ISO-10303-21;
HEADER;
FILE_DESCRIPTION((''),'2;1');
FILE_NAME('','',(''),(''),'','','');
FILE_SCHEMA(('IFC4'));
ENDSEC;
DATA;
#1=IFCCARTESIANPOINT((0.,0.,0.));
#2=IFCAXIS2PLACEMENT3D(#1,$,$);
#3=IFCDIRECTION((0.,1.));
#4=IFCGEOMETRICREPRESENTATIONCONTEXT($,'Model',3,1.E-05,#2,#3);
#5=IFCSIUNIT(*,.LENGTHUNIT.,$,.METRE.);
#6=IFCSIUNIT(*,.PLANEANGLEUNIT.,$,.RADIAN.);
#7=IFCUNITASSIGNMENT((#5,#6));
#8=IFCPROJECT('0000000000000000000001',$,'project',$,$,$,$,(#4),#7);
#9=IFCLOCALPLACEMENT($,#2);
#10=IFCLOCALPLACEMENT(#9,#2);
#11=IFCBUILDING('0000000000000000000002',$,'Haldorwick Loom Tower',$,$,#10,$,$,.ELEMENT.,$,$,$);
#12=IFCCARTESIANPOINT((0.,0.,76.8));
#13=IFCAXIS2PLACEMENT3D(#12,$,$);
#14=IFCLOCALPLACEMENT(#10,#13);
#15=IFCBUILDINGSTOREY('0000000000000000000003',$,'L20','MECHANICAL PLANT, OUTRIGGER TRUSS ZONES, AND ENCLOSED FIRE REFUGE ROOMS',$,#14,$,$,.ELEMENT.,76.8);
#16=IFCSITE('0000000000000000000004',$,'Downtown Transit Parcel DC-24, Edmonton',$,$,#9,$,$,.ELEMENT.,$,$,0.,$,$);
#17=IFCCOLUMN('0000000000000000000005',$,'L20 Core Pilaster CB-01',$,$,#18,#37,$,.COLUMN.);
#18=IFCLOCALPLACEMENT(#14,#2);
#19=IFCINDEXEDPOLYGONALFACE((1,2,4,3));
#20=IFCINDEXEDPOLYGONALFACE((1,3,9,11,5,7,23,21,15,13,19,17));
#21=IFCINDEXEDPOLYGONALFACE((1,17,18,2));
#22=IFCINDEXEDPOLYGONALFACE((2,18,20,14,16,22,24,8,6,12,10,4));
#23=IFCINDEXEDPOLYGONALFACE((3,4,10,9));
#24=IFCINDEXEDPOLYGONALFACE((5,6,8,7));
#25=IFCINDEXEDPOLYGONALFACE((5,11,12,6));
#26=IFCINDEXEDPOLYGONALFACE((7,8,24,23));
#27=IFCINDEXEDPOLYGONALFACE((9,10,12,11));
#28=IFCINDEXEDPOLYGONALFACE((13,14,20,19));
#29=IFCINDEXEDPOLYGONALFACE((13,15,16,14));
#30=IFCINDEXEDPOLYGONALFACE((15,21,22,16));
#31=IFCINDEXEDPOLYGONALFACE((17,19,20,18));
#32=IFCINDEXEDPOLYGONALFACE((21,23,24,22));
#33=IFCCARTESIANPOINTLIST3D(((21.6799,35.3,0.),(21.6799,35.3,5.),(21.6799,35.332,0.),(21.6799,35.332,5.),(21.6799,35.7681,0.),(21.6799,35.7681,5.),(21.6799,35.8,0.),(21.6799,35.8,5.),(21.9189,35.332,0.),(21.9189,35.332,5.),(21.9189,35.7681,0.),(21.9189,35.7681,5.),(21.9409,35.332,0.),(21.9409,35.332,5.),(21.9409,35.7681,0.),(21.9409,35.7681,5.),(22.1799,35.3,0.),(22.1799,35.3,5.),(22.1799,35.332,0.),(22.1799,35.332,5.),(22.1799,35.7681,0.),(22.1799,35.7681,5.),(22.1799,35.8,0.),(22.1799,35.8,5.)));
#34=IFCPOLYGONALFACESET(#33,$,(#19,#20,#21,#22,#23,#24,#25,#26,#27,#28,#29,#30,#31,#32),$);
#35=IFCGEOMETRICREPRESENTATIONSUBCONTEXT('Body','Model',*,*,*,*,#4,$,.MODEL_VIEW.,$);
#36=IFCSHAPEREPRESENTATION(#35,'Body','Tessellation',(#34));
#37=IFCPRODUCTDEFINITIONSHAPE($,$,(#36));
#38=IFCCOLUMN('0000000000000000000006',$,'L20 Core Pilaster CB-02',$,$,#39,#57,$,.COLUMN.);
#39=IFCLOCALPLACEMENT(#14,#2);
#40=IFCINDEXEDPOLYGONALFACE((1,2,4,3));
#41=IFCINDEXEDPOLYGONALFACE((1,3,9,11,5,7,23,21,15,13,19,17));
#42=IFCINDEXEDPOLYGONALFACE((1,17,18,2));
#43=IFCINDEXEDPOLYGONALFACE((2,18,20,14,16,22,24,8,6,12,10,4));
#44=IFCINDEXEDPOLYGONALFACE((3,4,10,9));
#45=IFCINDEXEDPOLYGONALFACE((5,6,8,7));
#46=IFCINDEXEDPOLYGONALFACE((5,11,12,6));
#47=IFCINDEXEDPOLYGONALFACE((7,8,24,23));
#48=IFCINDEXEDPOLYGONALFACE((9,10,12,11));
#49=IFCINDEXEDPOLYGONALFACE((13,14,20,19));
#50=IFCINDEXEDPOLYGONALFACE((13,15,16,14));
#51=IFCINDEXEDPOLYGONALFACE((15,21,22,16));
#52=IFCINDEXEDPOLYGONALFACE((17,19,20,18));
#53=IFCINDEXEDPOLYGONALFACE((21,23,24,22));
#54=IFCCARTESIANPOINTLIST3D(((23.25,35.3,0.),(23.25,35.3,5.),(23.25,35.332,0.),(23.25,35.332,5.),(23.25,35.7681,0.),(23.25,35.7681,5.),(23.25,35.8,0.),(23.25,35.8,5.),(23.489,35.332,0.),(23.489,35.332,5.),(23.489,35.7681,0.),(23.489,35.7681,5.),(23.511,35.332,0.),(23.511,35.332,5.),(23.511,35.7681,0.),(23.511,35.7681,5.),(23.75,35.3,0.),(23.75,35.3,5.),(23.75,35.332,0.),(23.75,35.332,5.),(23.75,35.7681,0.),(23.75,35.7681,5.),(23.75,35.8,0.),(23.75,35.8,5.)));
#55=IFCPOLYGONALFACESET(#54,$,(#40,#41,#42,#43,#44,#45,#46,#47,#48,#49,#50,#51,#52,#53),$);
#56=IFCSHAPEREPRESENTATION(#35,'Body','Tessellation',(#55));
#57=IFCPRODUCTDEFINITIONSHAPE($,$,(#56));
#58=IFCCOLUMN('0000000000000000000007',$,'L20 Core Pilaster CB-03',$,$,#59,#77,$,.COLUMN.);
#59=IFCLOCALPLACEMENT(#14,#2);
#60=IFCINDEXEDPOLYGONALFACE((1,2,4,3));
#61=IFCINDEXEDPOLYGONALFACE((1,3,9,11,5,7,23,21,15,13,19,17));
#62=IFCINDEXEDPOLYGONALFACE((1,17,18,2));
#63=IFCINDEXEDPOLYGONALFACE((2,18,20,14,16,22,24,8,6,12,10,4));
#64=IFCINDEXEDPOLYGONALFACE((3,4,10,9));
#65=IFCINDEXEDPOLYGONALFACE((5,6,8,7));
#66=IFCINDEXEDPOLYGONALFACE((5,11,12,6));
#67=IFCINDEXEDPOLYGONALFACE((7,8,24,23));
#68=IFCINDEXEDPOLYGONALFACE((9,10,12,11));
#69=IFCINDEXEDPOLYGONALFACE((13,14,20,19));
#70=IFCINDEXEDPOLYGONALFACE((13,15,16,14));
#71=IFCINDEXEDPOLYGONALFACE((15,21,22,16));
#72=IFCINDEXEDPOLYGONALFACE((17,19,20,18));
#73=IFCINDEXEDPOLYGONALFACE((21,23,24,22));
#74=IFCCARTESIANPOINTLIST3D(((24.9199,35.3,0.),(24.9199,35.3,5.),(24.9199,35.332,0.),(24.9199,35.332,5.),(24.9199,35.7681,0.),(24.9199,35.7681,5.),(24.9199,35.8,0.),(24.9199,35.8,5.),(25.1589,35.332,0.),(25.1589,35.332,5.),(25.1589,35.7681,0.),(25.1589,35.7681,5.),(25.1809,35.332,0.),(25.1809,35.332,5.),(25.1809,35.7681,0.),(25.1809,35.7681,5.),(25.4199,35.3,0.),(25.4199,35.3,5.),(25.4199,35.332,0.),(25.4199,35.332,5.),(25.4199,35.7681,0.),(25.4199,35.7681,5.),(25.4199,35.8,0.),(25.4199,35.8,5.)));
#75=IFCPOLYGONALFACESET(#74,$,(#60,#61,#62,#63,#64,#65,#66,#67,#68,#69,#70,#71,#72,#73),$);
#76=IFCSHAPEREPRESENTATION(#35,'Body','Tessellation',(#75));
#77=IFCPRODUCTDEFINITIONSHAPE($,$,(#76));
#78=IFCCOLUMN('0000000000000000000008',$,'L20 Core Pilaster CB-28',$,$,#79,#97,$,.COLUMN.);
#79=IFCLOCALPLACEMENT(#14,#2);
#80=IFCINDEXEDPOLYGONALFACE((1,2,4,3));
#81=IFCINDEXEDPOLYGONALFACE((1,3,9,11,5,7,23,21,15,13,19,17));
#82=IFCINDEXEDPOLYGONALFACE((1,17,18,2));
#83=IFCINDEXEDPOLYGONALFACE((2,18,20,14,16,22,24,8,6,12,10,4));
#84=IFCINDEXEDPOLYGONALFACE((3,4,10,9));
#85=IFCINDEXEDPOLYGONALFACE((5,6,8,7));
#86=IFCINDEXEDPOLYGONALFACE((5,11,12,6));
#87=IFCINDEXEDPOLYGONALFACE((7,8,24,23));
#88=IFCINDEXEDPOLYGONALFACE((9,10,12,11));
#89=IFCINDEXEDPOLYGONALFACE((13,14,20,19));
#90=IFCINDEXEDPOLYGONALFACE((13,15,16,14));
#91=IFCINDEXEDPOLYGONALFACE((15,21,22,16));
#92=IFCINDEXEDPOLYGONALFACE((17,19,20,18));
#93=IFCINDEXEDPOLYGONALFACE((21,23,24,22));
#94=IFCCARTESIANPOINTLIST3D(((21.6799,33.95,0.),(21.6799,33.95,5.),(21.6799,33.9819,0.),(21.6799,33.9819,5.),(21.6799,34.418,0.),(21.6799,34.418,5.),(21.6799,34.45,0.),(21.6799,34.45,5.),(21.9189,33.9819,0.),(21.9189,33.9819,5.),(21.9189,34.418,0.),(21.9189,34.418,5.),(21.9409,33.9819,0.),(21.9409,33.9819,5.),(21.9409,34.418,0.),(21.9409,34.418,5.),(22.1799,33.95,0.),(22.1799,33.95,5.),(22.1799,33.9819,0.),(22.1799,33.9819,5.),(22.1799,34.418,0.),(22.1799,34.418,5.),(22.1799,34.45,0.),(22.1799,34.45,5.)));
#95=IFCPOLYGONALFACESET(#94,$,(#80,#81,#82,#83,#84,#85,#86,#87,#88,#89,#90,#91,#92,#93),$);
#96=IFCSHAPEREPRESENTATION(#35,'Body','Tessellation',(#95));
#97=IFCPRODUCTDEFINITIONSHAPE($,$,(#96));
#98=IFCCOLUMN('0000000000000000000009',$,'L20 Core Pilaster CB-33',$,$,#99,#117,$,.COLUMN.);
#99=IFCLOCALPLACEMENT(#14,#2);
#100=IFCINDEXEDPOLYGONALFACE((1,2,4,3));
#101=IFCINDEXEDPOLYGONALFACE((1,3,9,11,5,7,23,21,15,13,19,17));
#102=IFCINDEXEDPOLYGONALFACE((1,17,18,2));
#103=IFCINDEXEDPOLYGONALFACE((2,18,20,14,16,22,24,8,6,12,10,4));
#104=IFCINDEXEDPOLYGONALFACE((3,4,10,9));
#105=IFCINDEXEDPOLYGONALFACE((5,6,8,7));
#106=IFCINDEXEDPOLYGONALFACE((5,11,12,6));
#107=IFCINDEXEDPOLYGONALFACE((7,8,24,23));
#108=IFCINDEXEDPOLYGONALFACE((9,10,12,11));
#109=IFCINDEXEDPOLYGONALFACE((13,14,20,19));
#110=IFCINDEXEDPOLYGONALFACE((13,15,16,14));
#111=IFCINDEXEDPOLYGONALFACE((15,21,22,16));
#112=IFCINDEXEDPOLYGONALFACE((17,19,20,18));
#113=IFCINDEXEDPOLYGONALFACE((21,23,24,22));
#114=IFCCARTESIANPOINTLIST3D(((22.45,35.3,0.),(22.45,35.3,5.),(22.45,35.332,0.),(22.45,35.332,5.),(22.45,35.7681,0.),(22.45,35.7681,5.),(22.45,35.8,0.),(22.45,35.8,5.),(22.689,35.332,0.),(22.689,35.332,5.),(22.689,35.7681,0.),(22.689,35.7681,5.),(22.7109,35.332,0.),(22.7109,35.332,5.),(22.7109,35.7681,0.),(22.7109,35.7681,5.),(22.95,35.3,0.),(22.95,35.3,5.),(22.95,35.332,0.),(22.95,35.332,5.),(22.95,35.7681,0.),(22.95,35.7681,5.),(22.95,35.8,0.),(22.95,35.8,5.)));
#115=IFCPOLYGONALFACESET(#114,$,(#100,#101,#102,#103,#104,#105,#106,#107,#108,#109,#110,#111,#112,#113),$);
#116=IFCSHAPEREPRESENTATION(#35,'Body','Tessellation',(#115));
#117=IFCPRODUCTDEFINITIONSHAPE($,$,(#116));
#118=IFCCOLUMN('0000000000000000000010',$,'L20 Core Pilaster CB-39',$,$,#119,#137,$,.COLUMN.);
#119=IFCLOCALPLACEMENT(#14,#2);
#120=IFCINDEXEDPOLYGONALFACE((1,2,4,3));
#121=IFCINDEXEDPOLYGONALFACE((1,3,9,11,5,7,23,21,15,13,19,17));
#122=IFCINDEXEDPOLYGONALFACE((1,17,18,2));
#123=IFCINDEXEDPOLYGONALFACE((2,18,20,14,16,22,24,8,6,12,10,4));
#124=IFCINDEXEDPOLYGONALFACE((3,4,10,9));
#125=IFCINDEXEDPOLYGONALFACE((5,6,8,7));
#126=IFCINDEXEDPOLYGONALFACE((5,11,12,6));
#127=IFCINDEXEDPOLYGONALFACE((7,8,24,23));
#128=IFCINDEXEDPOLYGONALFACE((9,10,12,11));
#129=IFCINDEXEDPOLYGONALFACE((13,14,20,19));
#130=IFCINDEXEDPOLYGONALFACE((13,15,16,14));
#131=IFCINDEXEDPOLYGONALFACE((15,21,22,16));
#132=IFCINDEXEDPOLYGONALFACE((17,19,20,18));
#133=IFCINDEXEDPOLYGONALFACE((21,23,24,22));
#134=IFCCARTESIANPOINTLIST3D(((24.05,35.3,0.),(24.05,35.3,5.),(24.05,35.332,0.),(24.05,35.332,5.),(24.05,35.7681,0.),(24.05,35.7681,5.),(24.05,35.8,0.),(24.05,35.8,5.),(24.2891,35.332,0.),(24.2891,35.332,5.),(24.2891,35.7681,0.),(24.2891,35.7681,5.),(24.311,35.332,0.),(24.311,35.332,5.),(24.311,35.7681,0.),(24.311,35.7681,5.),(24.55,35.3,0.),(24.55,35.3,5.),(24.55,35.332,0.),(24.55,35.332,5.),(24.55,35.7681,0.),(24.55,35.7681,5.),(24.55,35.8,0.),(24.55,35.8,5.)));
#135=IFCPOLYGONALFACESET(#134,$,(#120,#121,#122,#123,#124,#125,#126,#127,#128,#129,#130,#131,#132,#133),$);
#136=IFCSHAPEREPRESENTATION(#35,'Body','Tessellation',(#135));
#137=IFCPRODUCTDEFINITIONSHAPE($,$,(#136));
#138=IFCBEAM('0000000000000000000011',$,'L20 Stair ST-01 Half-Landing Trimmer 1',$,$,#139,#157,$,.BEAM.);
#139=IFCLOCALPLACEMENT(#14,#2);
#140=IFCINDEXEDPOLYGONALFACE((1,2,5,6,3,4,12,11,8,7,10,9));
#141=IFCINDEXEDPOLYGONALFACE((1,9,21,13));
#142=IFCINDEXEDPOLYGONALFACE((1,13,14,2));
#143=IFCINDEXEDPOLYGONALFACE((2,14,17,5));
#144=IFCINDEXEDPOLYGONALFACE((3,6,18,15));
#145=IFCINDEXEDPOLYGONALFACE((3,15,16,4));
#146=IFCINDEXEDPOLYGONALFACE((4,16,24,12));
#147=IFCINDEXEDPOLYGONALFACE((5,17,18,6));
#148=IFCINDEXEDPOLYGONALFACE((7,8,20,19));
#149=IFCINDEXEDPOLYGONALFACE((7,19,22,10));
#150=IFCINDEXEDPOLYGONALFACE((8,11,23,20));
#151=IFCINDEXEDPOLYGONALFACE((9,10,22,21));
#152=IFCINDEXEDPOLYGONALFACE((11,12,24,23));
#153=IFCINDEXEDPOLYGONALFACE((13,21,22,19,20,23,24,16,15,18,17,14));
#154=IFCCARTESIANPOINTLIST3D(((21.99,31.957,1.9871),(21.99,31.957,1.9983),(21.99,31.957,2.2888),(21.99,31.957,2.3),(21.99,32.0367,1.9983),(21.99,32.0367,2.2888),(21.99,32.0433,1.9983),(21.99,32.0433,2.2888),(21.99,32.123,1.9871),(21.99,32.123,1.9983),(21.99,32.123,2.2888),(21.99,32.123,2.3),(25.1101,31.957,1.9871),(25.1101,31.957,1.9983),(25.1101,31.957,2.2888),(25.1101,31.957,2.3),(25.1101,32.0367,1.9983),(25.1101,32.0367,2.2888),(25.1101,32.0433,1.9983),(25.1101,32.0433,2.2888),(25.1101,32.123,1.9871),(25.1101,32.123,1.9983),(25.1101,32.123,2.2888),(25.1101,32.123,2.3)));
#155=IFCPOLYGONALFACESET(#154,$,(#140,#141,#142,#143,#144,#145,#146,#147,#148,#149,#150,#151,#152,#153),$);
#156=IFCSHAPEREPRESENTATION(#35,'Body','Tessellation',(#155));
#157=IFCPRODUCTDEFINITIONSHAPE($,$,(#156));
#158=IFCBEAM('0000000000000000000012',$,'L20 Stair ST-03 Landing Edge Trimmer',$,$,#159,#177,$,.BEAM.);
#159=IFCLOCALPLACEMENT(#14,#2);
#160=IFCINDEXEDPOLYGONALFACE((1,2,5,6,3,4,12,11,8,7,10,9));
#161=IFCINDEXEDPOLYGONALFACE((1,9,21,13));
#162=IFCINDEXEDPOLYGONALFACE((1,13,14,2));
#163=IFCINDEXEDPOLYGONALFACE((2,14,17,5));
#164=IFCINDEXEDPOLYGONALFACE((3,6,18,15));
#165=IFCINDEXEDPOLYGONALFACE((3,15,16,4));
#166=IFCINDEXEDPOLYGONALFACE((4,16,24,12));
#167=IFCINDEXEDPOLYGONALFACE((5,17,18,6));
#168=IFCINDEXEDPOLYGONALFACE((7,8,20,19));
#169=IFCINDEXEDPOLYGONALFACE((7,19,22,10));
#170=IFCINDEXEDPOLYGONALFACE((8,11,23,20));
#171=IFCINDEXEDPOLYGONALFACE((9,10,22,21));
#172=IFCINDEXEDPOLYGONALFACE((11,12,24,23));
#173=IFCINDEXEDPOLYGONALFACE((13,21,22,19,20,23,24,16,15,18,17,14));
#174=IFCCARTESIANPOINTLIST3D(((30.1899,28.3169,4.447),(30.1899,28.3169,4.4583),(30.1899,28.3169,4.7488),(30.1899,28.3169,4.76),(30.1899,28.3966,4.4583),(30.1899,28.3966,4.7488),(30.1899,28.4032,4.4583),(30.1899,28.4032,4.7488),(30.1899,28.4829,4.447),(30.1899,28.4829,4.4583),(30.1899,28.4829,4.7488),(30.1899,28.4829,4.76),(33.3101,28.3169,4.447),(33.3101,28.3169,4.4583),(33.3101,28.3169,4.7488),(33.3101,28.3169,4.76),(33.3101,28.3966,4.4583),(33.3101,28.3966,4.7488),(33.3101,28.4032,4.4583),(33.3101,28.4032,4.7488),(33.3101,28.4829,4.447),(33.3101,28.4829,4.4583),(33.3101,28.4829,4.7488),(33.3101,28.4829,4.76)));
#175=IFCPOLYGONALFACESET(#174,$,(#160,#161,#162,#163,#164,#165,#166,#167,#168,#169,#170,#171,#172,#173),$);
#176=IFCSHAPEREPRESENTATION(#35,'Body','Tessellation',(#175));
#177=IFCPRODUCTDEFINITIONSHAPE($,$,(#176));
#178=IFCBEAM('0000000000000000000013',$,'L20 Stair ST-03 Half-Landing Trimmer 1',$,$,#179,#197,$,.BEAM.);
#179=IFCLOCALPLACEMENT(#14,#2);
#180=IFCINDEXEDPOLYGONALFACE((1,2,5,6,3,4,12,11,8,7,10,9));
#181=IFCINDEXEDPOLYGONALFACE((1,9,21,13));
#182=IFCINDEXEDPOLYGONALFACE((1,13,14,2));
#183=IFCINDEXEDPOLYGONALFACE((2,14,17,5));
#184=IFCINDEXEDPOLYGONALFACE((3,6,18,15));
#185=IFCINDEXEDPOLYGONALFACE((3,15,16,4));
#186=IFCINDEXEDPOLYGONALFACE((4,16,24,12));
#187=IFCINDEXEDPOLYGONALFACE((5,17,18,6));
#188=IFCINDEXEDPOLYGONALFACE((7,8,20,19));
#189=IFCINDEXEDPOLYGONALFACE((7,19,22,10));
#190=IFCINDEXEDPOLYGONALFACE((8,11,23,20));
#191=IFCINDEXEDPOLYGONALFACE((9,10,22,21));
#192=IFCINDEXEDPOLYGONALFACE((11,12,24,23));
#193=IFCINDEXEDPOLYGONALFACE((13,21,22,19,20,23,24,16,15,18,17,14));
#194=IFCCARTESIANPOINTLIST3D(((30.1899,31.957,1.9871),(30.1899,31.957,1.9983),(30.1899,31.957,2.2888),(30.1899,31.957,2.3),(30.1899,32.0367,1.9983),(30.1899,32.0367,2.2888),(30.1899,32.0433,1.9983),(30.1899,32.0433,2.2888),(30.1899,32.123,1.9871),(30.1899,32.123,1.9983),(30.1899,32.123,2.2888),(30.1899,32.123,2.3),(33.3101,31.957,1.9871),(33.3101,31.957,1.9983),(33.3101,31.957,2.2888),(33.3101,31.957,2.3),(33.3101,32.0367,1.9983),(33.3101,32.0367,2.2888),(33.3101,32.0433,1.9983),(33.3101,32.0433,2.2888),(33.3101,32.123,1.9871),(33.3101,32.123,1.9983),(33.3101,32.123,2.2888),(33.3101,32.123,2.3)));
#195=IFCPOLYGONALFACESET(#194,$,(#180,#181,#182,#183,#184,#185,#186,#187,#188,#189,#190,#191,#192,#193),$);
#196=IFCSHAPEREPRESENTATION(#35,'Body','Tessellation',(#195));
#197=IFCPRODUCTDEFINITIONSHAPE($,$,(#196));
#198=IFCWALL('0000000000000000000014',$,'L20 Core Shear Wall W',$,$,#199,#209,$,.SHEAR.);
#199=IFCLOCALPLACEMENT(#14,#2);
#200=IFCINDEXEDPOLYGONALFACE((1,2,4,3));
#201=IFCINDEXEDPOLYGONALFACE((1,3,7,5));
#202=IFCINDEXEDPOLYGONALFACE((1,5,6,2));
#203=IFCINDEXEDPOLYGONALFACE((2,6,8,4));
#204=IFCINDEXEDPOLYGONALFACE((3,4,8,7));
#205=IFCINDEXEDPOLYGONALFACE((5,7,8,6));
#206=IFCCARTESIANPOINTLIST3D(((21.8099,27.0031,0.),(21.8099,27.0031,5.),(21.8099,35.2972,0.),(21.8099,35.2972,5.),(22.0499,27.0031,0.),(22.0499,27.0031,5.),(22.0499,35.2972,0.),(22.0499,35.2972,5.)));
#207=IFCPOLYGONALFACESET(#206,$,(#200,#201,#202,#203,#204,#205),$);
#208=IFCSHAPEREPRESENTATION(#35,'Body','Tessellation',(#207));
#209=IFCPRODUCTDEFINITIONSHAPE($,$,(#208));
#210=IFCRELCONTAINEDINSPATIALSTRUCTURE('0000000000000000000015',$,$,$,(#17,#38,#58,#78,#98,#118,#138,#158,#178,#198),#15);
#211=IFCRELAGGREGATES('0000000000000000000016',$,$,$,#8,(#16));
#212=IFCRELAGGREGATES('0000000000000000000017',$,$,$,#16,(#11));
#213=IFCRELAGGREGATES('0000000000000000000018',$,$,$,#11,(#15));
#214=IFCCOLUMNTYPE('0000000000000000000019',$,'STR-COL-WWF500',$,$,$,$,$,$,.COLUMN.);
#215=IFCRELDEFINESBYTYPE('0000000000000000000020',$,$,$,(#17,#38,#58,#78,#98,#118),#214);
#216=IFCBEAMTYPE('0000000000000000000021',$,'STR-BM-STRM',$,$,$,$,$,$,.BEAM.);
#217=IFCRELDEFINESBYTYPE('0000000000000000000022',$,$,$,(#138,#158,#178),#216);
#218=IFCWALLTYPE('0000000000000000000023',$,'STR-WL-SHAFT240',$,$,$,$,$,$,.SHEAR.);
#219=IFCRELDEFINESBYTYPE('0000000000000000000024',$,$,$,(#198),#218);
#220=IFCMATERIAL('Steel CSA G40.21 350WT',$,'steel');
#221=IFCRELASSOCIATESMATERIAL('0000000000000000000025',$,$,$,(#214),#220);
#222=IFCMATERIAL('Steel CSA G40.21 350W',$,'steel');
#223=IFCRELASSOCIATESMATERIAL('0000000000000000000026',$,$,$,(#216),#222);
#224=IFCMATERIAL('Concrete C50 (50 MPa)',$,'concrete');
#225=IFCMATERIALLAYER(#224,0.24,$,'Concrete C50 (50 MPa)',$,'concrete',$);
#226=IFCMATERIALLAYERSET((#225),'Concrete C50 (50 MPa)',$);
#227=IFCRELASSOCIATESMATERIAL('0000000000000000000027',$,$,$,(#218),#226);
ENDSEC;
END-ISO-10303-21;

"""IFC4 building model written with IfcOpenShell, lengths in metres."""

from ifc_helpers import new_model, si_unit, direction, frame, frame_2d, origin, origin_2d, place, context, subcontext, project, spatial, rectangle, i_section, extrude, material, layer, layer_set, material_profile, profile_set, type_object, element, save


model = new_model("IFC4")

# Units and contexts
model_context = context("Model", 3, precision=1e-05, world=origin(), true_north=direction((0.0, 1.0)))
body_context = subcontext(model_context, "Body", "Model", "MODEL_VIEW")
ifc_project = project(units=[si_unit("LENGTHUNIT", "METRE"), si_unit("PLANEANGLEUNIT", "RADIAN")], contexts=[model_context])

# Site, building, storey
site_placement = place(None, origin())
site = spatial("IfcSite", under=ifc_project, at=site_placement, Name="Downtown Transit Parcel DC-24, Edmonton", CompositionType="ELEMENT", RefElevation=0.0)
building_placement = place(site_placement, origin())
building = spatial("IfcBuilding", under=site, at=building_placement, Name="Haldorwick Loom Tower", CompositionType="ELEMENT")
storey_placement = place(building_placement, frame((0.0, 0.0, 76.8)))
storey = spatial("IfcBuildingStorey", under=building, at=storey_placement, Name="L20", Description="MECHANICAL PLANT, OUTRIGGER TRUSS ZONES, AND ENCLOSED FIRE REFUGE ROOMS", CompositionType="ELEMENT", Elevation=76.8)

# Columns
ifc_material_1 = material(Name="Steel CSA G40.21 350WT", Category="steel")
ifc_material_profile_1 = material_profile(ifc_material_1, i_section(OverallWidth=0.5, OverallDepth=0.5, WebThickness=0.022, FlangeThickness=0.032, at=origin_2d()), Name="WWF500X500", Category="steel")
ifc_profile_set_1 = profile_set([ifc_material_profile_1], Name="Steel CSA G40.21 350WT")
column_type = type_object("IfcColumnType", Name="STR-COL-WWF500", PredefinedType="COLUMN", material=ifc_profile_set_1)
for number, where, z_axis, x_axis, name in (
    (1, (21.9299, 35.55, 0.0), (0.0, 0.0, 1.0), (1.0, 0.0, 0.0), "L20 Core Pilaster CB-01"),
    (2, (23.5, 35.55, 0.0), (0.0, 0.0, 1.0), (1.0, 0.0, 0.0), "L20 Core Pilaster CB-02"),
    (3, (25.1699, 35.55, 0.0), (0.0, 0.0, 1.0), (1.0, 0.0, 0.0), "L20 Core Pilaster CB-03"),
    (4, (21.9299, 34.2, 0.0), (0.0, 0.0, 1.0), (1.0, 0.0, 0.0), "L20 Core Pilaster CB-28"),
    (5, (22.7, 35.55, 0.0), (0.0, 0.0, 1.0), (1.0, 0.0, 0.0), "L20 Core Pilaster CB-33"),
    (6, (24.3, 35.55, 0.0), (0.0, 0.0, 1.0), (1.0, 0.0, 0.0), "L20 Core Pilaster CB-39"),
):
    element("IfcColumn", number, at=place(storey_placement, frame(where, z_axis=z_axis, x_axis=x_axis)), inside=storey, type_object=column_type, Name=name, PredefinedType="COLUMN", context=body_context, shape_type="SweptSolid", body=[
        extrude(i_section(OverallWidth=0.5, OverallDepth=0.5, WebThickness=0.022, FlangeThickness=0.032, at=origin_2d()), origin(), (0.0, 0.0, 1.0), 5.0),
    ])

# Beams
ifc_material_2 = material(Name="Steel CSA G40.21 350W", Category="steel")
ifc_material_profile_2 = material_profile(ifc_material_2, i_section(OverallWidth=0.166, OverallDepth=0.313, WebThickness=0.0066, FlangeThickness=0.0112, at=origin_2d()), Name="W310X45", Category="steel")
ifc_profile_set_2 = profile_set([ifc_material_profile_2], Name="Steel CSA G40.21 350W")
beam_type = type_object("IfcBeamType", Name="STR-BM-STRM", PredefinedType="BEAM", material=ifc_profile_set_2)
for number, where, z_axis, x_axis, name in (
    (7, (21.99, 32.04, 2.1436), (1.0, 0.0, 0.0), (0.0, 1.0, 0.0), "L20 Stair ST-01 Half-Landing Trimmer 1"),
    (8, (30.1899, 28.3999, 4.6035), (1.0, 0.0, 0.0), (0.0, 1.0, 0.0), "L20 Stair ST-03 Landing Edge Trimmer"),
    (9, (30.1899, 32.04, 2.1436), (1.0, 0.0, 0.0), (0.0, 1.0, 0.0), "L20 Stair ST-03 Half-Landing Trimmer 1"),
):
    element("IfcBeam", number, at=place(storey_placement, frame(where, z_axis=z_axis, x_axis=x_axis)), inside=storey, type_object=beam_type, Name=name, PredefinedType="BEAM", context=body_context, shape_type="SweptSolid", body=[
        extrude(i_section(OverallWidth=0.166, OverallDepth=0.313, WebThickness=0.0066, FlangeThickness=0.0112, at=origin_2d()), origin(), (0.0, 0.0, 1.0), 3.1201),
    ])

# Wall
ifc_material_3 = material(Name="Concrete C50 (50 MPa)", Category="concrete")
ifc_layer = layer(ifc_material_3, 0.24, Name="Concrete C50 (50 MPa)", Category="concrete")
ifc_layer_set = layer_set([ifc_layer], Name="Concrete C50 (50 MPa)")
wall_type = type_object("IfcWallType", Name="STR-WL-SHAFT240", PredefinedType="SHEAR", material=ifc_layer_set)
wall_1_placement = place(storey_placement, frame((21.9299, 35.2971, 0.0), z_axis=(0.0, 0.0, 1.0), x_axis=(0.0, -1.0, 0.0)))
element("IfcWall", 10, at=wall_1_placement, inside=storey, type_object=wall_type, Name="L20 Core Shear Wall W", PredefinedType="SHEAR", context=body_context, shape_type="SweptSolid", body=[
    extrude(rectangle(XDim=8.2942, YDim=0.24, at=frame_2d((4.147, 0.0))), origin(), (0.0, 0.0, 1.0), 5.0),
])

save(model, "model.ifc")
